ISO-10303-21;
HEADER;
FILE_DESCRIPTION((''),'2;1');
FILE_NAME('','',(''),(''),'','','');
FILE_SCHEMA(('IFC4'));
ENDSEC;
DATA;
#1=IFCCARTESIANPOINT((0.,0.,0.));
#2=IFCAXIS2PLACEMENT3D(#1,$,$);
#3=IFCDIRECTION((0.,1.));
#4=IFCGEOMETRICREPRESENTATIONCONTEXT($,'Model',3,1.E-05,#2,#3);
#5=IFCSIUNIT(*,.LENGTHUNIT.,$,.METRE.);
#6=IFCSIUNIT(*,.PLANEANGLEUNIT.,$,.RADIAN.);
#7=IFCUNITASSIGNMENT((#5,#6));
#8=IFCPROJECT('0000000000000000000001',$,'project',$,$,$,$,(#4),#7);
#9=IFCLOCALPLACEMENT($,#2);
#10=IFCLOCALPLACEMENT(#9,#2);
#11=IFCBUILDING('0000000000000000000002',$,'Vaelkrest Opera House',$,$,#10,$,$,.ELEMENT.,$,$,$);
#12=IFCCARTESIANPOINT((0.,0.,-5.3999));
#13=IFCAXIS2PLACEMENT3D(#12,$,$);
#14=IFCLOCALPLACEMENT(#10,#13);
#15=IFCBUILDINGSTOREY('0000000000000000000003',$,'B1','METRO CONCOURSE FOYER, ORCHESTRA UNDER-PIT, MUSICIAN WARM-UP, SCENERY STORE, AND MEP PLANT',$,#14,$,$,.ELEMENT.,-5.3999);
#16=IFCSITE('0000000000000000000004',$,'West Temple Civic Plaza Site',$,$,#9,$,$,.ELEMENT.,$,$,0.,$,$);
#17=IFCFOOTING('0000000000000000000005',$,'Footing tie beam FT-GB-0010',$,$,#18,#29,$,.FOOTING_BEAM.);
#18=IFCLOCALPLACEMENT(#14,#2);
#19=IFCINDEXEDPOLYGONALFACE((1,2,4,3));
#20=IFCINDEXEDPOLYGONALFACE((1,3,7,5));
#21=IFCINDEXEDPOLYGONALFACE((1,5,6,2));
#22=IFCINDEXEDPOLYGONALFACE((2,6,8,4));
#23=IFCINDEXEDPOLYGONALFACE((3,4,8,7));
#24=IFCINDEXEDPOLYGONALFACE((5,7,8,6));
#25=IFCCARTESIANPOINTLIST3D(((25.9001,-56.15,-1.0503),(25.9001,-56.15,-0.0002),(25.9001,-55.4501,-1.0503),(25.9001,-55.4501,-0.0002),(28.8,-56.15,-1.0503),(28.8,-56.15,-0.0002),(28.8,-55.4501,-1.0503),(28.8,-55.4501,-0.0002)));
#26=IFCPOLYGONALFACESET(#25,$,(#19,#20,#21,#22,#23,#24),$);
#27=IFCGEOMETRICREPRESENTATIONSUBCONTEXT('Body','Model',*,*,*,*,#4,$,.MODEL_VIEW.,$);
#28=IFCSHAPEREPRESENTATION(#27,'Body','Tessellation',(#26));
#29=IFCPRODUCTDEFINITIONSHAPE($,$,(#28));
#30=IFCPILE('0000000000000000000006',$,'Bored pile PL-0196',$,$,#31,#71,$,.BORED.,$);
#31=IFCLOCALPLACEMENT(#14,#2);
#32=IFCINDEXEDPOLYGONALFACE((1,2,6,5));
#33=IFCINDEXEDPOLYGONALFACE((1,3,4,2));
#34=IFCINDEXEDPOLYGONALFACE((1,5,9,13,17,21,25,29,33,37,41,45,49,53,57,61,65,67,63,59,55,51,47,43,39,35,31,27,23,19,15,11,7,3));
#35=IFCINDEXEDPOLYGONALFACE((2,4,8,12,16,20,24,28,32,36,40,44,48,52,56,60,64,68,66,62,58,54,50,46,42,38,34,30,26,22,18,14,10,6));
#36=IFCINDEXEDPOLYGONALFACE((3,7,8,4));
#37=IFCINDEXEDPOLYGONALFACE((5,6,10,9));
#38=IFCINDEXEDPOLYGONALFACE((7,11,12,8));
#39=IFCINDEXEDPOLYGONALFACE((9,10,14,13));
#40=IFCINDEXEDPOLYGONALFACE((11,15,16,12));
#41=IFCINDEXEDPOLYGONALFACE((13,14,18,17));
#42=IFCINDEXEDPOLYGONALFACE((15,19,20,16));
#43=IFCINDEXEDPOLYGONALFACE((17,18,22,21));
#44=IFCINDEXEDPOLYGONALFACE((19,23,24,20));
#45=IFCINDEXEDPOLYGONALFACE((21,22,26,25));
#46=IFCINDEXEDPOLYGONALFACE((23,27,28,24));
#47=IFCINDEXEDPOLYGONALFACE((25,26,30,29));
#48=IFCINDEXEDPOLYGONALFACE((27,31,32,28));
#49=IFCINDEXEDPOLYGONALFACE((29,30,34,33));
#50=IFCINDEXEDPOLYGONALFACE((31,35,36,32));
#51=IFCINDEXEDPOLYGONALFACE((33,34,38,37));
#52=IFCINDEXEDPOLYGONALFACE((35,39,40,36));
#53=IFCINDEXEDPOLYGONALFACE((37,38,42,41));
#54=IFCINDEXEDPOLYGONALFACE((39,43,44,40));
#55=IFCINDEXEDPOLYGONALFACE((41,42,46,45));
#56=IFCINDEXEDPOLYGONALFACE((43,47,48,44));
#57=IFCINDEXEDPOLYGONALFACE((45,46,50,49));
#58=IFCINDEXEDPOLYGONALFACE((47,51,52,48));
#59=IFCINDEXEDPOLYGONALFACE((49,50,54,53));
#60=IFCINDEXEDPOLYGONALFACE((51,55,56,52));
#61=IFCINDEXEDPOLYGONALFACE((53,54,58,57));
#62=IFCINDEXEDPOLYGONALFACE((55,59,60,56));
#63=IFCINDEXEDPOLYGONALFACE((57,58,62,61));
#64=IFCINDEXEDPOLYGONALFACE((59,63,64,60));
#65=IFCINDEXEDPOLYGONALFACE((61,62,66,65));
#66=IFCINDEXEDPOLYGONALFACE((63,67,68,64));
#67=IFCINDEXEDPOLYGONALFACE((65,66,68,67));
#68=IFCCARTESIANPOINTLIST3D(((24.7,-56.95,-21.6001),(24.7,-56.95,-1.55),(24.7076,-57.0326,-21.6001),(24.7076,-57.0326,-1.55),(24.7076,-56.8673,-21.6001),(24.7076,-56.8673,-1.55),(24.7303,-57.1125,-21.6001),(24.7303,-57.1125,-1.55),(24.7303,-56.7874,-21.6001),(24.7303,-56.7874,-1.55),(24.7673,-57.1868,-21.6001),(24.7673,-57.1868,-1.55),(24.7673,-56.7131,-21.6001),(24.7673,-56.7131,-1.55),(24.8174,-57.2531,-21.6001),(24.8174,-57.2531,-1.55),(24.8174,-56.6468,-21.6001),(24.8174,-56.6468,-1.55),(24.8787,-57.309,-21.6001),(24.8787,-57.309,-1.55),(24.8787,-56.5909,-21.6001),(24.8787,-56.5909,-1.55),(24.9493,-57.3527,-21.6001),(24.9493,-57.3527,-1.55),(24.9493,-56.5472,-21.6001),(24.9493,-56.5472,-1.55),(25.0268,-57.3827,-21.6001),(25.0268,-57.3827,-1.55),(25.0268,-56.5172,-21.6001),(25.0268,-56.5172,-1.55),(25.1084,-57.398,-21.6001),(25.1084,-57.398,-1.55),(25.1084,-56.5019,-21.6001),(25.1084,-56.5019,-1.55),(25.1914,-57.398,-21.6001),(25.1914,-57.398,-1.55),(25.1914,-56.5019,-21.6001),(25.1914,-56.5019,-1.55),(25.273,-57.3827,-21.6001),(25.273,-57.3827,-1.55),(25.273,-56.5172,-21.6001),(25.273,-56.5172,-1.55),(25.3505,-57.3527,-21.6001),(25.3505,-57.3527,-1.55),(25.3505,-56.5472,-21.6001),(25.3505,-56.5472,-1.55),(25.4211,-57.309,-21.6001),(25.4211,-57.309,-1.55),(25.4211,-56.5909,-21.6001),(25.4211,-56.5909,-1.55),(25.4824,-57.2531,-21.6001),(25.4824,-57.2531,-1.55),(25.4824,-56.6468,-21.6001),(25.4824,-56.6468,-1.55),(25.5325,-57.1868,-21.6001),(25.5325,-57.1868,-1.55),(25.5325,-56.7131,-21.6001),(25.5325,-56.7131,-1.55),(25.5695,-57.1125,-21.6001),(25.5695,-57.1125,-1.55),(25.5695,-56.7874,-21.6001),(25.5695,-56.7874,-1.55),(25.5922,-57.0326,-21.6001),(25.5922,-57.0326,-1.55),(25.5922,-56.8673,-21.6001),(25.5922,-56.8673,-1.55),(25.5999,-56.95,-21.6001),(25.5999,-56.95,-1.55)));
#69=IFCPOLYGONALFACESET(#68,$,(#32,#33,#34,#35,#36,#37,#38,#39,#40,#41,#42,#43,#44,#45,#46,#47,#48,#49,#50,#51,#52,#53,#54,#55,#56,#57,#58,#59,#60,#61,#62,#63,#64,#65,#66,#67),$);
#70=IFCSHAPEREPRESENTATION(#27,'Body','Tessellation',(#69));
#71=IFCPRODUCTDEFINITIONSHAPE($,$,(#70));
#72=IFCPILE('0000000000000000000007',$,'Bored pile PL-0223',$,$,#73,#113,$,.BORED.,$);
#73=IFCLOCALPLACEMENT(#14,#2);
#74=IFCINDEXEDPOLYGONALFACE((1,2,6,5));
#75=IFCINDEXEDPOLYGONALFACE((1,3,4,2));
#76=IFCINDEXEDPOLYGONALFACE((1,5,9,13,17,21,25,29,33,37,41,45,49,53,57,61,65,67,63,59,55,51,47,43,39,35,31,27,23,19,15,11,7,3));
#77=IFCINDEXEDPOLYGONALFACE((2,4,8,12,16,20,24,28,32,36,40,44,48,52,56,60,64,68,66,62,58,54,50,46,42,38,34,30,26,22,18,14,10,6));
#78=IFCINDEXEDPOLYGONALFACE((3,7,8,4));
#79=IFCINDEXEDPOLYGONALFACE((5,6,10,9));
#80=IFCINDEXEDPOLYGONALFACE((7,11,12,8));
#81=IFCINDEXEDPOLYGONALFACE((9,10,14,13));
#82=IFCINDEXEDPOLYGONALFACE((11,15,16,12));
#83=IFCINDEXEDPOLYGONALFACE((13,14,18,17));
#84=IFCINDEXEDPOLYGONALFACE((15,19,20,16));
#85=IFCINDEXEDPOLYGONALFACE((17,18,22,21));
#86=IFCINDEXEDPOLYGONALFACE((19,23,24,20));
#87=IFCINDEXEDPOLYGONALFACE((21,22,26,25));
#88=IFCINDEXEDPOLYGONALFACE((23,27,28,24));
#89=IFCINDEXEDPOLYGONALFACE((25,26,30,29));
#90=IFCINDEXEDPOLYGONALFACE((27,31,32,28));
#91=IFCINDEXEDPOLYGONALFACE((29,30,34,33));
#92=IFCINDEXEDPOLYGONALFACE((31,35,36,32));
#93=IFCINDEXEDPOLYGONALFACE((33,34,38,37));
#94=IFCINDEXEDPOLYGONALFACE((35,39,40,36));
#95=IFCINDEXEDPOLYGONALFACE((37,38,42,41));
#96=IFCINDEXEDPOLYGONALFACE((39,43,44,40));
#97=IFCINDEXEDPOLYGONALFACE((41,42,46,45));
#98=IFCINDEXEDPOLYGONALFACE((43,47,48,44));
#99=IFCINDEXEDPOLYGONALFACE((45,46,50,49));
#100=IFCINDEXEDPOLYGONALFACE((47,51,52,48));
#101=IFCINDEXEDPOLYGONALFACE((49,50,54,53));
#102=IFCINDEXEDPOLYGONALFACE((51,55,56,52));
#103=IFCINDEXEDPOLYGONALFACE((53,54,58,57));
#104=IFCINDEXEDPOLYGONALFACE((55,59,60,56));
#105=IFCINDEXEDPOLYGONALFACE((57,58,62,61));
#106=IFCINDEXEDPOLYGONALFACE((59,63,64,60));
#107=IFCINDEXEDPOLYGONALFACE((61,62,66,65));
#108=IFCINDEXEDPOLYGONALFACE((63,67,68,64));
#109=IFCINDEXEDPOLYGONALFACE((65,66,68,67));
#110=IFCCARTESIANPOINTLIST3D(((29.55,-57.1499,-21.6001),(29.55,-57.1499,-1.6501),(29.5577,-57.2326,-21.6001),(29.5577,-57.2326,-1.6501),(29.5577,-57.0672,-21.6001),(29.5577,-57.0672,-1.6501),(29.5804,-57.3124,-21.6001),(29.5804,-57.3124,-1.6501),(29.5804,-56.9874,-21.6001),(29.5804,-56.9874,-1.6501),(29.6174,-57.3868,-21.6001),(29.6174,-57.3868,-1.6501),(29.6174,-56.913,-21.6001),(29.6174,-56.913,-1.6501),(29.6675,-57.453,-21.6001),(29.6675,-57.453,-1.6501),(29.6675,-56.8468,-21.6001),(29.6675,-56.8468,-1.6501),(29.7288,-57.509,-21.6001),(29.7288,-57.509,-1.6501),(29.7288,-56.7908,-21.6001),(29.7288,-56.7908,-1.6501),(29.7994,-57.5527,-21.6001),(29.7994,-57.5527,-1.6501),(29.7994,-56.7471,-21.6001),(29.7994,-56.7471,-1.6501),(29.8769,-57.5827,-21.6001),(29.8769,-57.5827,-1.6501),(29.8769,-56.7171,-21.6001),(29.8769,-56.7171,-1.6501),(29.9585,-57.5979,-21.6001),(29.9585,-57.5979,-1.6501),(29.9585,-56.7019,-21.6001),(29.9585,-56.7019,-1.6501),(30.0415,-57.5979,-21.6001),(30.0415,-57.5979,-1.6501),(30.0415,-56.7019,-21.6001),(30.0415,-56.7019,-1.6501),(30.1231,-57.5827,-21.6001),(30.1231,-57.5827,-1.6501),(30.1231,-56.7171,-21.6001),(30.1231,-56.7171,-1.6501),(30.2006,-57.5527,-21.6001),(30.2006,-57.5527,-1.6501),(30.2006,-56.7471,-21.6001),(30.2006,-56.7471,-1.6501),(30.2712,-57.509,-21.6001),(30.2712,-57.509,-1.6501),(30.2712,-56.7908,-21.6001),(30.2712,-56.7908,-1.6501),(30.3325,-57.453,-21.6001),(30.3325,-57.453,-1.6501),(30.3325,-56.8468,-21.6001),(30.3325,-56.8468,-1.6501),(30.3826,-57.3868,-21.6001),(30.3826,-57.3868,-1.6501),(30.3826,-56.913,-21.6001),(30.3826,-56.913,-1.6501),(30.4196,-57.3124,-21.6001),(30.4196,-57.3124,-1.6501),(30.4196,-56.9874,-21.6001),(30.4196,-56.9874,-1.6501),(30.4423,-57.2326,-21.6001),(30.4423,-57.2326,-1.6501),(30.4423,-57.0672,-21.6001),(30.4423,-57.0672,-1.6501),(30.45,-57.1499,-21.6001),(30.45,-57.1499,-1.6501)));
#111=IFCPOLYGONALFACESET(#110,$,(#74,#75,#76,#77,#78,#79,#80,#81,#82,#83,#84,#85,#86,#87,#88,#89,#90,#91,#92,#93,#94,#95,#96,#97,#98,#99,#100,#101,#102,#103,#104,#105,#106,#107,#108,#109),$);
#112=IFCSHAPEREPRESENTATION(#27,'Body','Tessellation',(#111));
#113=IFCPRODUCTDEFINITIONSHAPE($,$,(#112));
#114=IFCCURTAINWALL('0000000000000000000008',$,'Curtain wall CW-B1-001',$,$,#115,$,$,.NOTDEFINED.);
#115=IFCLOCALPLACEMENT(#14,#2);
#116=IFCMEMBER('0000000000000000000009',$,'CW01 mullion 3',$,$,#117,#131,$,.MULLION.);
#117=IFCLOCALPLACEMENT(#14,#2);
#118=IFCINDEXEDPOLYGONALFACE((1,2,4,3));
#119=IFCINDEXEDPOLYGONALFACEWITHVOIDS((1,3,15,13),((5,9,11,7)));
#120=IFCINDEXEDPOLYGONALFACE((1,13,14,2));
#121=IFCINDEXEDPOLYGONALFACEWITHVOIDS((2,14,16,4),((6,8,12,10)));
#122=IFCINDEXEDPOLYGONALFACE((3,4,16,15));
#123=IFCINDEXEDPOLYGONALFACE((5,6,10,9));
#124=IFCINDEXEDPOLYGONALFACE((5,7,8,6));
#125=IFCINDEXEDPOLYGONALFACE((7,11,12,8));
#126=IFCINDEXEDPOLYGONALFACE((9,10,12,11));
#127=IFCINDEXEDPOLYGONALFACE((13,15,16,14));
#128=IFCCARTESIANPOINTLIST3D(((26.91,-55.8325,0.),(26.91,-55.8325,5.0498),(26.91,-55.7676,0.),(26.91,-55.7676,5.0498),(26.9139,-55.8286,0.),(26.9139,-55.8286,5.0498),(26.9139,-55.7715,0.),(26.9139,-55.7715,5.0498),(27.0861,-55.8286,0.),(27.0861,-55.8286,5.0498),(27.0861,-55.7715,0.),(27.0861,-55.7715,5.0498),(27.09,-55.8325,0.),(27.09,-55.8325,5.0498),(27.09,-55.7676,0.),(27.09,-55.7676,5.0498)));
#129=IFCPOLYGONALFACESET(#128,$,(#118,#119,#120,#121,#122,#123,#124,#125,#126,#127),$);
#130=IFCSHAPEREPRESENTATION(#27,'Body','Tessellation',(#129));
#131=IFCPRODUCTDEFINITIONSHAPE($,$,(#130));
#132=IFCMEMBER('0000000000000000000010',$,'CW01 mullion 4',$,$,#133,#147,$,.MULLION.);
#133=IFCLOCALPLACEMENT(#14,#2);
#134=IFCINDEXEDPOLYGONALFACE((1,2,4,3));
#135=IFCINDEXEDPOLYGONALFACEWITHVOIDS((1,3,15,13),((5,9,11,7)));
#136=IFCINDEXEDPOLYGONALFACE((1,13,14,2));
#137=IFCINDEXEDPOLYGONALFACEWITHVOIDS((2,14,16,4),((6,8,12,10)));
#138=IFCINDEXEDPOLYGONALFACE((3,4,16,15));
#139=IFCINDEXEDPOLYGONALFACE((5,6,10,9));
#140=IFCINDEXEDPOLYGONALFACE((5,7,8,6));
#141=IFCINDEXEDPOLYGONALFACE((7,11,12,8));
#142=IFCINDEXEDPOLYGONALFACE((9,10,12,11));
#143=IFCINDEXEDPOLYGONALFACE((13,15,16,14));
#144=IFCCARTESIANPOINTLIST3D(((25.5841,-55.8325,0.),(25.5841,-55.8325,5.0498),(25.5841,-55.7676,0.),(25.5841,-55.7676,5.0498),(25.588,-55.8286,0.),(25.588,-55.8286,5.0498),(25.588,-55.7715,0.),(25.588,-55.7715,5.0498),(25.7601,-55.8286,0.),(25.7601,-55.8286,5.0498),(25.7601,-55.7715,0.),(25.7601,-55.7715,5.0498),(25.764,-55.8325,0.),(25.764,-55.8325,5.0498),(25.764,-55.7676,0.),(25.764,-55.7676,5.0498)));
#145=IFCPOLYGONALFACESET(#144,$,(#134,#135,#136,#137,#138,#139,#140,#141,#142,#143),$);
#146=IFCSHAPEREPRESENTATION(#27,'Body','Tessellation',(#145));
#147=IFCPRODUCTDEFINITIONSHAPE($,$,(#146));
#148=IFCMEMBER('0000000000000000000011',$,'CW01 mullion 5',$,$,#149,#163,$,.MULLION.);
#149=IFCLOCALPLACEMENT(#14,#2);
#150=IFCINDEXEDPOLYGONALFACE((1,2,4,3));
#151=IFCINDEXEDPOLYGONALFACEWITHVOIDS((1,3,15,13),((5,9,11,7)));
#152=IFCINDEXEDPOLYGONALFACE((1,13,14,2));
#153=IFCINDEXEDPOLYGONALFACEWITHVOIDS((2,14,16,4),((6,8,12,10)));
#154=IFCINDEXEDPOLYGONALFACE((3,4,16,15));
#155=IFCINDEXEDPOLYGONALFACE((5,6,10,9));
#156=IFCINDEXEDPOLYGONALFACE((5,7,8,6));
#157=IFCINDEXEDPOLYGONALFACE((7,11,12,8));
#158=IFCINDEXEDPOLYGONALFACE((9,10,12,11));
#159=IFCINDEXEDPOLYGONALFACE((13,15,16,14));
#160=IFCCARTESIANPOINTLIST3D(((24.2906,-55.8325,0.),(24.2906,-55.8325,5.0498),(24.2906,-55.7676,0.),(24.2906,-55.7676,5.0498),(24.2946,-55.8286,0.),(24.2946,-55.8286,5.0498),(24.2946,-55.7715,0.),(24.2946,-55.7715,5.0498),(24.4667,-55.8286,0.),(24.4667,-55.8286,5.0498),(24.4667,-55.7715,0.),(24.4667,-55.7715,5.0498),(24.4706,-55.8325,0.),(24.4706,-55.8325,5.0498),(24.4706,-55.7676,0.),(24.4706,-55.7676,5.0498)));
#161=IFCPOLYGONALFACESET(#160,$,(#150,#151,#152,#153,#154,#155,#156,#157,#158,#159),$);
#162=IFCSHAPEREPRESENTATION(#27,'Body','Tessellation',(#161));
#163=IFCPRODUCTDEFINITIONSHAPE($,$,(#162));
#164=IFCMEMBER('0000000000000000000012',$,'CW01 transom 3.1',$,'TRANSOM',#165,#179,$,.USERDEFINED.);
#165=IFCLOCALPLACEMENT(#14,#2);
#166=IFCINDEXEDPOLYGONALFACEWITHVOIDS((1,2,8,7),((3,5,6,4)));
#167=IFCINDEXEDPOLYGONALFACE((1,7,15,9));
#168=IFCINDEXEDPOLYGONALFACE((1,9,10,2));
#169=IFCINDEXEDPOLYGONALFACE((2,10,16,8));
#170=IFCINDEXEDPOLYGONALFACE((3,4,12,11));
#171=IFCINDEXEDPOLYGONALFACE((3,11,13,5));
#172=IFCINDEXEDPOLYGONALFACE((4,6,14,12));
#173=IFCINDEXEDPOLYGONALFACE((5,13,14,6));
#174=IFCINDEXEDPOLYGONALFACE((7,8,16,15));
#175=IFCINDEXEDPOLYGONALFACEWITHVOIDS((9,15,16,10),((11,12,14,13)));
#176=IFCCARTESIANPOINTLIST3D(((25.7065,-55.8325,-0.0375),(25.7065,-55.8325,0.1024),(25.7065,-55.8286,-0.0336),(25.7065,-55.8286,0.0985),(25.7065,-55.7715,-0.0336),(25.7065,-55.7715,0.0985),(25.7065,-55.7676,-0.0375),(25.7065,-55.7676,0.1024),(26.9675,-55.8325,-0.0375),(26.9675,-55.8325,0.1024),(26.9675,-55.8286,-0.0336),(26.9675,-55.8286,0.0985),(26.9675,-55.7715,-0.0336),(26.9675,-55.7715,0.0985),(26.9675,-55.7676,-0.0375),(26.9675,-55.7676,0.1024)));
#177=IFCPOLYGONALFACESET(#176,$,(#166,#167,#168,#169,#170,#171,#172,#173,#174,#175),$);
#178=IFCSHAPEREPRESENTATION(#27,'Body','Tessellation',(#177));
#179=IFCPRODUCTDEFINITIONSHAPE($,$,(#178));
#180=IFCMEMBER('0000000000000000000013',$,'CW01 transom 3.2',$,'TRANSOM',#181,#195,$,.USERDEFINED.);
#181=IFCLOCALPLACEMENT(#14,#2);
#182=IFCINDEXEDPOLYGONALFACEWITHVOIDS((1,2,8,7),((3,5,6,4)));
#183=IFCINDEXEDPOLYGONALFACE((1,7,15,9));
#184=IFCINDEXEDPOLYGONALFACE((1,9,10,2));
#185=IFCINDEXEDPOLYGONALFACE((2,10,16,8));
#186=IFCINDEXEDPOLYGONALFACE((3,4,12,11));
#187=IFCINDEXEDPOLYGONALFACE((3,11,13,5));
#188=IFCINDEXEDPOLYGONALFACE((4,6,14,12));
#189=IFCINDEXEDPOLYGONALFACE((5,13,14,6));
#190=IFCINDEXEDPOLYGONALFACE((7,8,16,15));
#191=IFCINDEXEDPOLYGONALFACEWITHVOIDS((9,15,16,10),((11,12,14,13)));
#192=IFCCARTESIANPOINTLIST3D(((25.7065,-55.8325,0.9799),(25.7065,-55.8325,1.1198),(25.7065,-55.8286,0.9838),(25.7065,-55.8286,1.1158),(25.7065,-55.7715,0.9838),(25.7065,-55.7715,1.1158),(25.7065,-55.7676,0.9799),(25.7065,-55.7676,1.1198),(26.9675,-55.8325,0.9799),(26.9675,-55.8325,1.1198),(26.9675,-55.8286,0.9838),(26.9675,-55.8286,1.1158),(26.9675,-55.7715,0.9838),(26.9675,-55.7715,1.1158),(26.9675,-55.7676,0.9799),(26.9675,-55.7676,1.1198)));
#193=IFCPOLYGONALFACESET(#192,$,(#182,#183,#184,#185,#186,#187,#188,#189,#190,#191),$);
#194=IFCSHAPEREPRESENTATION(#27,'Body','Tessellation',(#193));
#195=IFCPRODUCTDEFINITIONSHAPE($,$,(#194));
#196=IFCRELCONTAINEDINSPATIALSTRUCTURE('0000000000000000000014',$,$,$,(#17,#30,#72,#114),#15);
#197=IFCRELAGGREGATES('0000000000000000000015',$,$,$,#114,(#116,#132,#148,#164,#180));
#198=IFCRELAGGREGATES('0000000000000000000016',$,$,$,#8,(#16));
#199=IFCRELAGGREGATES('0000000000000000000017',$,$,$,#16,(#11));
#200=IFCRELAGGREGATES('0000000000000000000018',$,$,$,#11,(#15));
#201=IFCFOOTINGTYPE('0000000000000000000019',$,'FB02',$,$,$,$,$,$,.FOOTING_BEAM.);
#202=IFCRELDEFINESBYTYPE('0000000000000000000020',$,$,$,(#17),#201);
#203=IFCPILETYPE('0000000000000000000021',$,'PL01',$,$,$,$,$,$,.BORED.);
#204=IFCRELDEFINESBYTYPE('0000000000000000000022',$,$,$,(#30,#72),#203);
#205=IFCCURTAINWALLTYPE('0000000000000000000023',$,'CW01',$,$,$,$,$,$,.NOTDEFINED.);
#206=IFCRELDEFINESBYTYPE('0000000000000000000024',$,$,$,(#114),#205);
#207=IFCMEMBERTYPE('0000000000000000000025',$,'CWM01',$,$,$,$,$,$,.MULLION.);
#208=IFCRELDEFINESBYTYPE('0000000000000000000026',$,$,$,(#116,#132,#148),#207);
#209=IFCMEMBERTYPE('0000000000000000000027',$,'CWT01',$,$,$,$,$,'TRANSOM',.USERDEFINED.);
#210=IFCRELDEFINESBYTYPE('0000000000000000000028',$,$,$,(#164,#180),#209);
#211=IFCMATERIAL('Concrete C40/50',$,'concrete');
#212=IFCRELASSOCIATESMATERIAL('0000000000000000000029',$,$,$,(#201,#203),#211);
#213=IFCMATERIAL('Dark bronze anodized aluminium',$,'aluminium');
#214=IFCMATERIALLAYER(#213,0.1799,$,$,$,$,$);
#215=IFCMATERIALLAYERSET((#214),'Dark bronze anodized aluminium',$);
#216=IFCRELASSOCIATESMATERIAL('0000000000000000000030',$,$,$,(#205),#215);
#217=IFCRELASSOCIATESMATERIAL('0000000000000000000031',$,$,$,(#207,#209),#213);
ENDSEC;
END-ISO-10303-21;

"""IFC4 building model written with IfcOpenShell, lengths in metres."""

from ifc_helpers import new_model, si_unit, direction, frame, origin, origin_2d, place, context, subcontext, project, spatial, rectangle, hollow_rectangle, circle, extrude, material, layer, layer_set, material_profile, profile_set, type_object, element, aggregate, save


model = new_model("IFC4")

# Units and contexts
model_context = context("Model", 3, precision=1e-05, world=origin(), true_north=direction((0.0, 1.0)))
body_context = subcontext(model_context, "Body", "Model", "MODEL_VIEW")
ifc_project = project(units=[si_unit("LENGTHUNIT", "METRE"), si_unit("PLANEANGLEUNIT", "RADIAN")], contexts=[model_context])

# Site, building, storey
site_placement = place(None, origin())
site = spatial("IfcSite", under=ifc_project, at=site_placement, Name="West Temple Civic Plaza Site", CompositionType="ELEMENT", RefElevation=0.0)
building_placement = place(site_placement, origin())
building = spatial("IfcBuilding", under=site, at=building_placement, Name="Vaelkrest Opera House", CompositionType="ELEMENT")
storey_placement = place(building_placement, frame((0.0, 0.0, -5.3999)))
storey = spatial("IfcBuildingStorey", under=building, at=storey_placement, Name="B1", Description="METRO CONCOURSE FOYER, ORCHESTRA UNDER-PIT, MUSICIAN WARM-UP, SCENERY STORE, AND MEP PLANT", CompositionType="ELEMENT", Elevation=-5.3999)

# Footing
ifc_material_1 = material(Name="Concrete C40/50", Category="concrete")
footing_type = type_object("IfcFootingType", Name="FB02", PredefinedType="FOOTING_BEAM", material=ifc_material_1)
footing_placement = place(storey_placement, frame((27.3501, -55.8, -1.0503), z_axis=(0.0, 0.0, 1.0), x_axis=(1.0, 0.0, 0.0)))
element("IfcFooting", 1, at=footing_placement, inside=storey, type_object=footing_type, Name="Footing tie beam FT-GB-0010", PredefinedType="FOOTING_BEAM", context=body_context, shape_type="SweptSolid", body=[
    extrude(rectangle(XDim=2.8999, YDim=0.7, at=origin_2d()), origin(), (0.0, 0.0, 1.0), 1.05),
])

# Piles
ifc_material_profile_1 = material_profile(ifc_material_1, circle(Radius=0.45, at=origin_2d()), Name="PILE900")
ifc_profile_set_1 = profile_set([ifc_material_profile_1], Name="Concrete C40/50")
pile_type = type_object("IfcPileType", Name="PL01", PredefinedType="BORED", material=ifc_profile_set_1)
pile_1_placement = place(storey_placement, frame((25.1499, -56.95, -1.55), z_axis=(0.0, 0.0, -1.0), x_axis=(1.0, 0.0, 0.0)))
element("IfcPile", 2, at=pile_1_placement, inside=storey, type_object=pile_type, Name="Bored pile PL-0196", PredefinedType="BORED", context=body_context, shape_type="SweptSolid", body=[
    extrude(circle(Radius=0.45, at=origin_2d()), origin(), (0.0, 0.0, 1.0), 20.05),
])
pile_2_placement = place(storey_placement, frame((30.0, -57.1499, -1.6501), z_axis=(0.0, 0.0, -1.0), x_axis=(1.0, 0.0, 0.0)))
element("IfcPile", 3, at=pile_2_placement, inside=storey, type_object=pile_type, Name="Bored pile PL-0223", PredefinedType="BORED", context=body_context, shape_type="SweptSolid", body=[
    extrude(circle(Radius=0.45, at=origin_2d()), origin(), (0.0, 0.0, 1.0), 19.95),
])

# Curtain wall, members
ifc_material_2 = material(Name="Dark bronze anodized aluminium", Category="aluminium")
ifc_layer_1 = layer(ifc_material_2, 0.1799)
ifc_layer_set_1 = layer_set([ifc_layer_1], Name="Dark bronze anodized aluminium")
curtain_wall_type = type_object("IfcCurtainWallType", Name="CW01", PredefinedType="NOTDEFINED", material=ifc_layer_set_1)
curtain_wall_placement = place(storey_placement, origin())
curtain_wall = element("IfcCurtainWall", 4, at=curtain_wall_placement, inside=storey, type_object=curtain_wall_type, Name="Curtain wall CW-B1-001", PredefinedType="NOTDEFINED")
ifc_material_profile_2 = material_profile(ifc_material_2, hollow_rectangle(XDim=0.0649, YDim=0.1799, WallThickness=0.0039, at=origin_2d()), Name="CWM65X180")
ifc_profile_set_2 = profile_set([ifc_material_profile_2], Name="Dark bronze anodized aluminium")
member_type_1 = type_object("IfcMemberType", Name="CWM01", PredefinedType="MULLION", material=ifc_profile_set_2)
member_1_placement = place(storey_placement, frame((27.0, -55.8, 0.0), z_axis=(0.0, 0.0, 1.0), x_axis=(0.0, -1.0, 0.0)))
member_1 = element("IfcMember", 5, at=member_1_placement, type_object=member_type_1, Name="CW01 mullion 3", PredefinedType="MULLION", context=body_context, shape_type="SweptSolid", body=[
    extrude(hollow_rectangle(XDim=0.0649, YDim=0.1799, WallThickness=0.0039, at=origin_2d()), origin(), (0.0, 0.0, 1.0), 5.0498),
])
member_2_placement = place(storey_placement, frame((25.6741, -55.8, 0.0), z_axis=(0.0, 0.0, 1.0), x_axis=(0.0, -1.0, 0.0)))
member_2 = element("IfcMember", 6, at=member_2_placement, type_object=member_type_1, Name="CW01 mullion 4", PredefinedType="MULLION", context=body_context, shape_type="SweptSolid", body=[
    extrude(hollow_rectangle(XDim=0.0649, YDim=0.1799, WallThickness=0.0039, at=origin_2d()), origin(), (0.0, 0.0, 1.0), 5.0498),
])
member_3_placement = place(storey_placement, frame((24.3806, -55.8, 0.0), z_axis=(0.0, 0.0, 1.0), x_axis=(0.0, -1.0, 0.0)))
member_3 = element("IfcMember", 7, at=member_3_placement, type_object=member_type_1, Name="CW01 mullion 5", PredefinedType="MULLION", context=body_context, shape_type="SweptSolid", body=[
    extrude(hollow_rectangle(XDim=0.0649, YDim=0.1799, WallThickness=0.0039, at=origin_2d()), origin(), (0.0, 0.0, 1.0), 5.0498),
])
ifc_material_profile_3 = material_profile(ifc_material_2, hollow_rectangle(XDim=0.0649, YDim=0.1399, WallThickness=0.0039, at=origin_2d()), Name="CWT65X140")
ifc_profile_set_3 = profile_set([ifc_material_profile_3], Name="Dark bronze anodized aluminium")
member_type_2 = type_object("IfcMemberType", Name="CWT01", ElementType="TRANSOM", PredefinedType="USERDEFINED", material=ifc_profile_set_3)
member_4_placement = place(storey_placement, frame((26.9675, -55.8, 0.0325), z_axis=(-1.0, 0.0, 0.0), x_axis=(0.0, -1.0, 0.0)))
member_4 = element("IfcMember", 8, at=member_4_placement, type_object=member_type_2, Name="CW01 transom 3.1", ObjectType="TRANSOM", PredefinedType="USERDEFINED", context=body_context, shape_type="SweptSolid", body=[
    extrude(hollow_rectangle(XDim=0.0649, YDim=0.1399, WallThickness=0.0039, at=origin_2d()), origin(), (0.0, 0.0, 1.0), 1.261),
])
member_5_placement = place(storey_placement, frame((26.9675, -55.8, 1.0498), z_axis=(-1.0, 0.0, 0.0), x_axis=(0.0, -1.0, 0.0)))
member_5 = element("IfcMember", 9, at=member_5_placement, type_object=member_type_2, Name="CW01 transom 3.2", ObjectType="TRANSOM", PredefinedType="USERDEFINED", context=body_context, shape_type="SweptSolid", body=[
    extrude(hollow_rectangle(XDim=0.0649, YDim=0.1399, WallThickness=0.0039, at=origin_2d()), origin(), (0.0, 0.0, 1.0), 1.261),
])
aggregate(curtain_wall, [member_1, member_2, member_3, member_4, member_5])

save(model, "model.ifc")
